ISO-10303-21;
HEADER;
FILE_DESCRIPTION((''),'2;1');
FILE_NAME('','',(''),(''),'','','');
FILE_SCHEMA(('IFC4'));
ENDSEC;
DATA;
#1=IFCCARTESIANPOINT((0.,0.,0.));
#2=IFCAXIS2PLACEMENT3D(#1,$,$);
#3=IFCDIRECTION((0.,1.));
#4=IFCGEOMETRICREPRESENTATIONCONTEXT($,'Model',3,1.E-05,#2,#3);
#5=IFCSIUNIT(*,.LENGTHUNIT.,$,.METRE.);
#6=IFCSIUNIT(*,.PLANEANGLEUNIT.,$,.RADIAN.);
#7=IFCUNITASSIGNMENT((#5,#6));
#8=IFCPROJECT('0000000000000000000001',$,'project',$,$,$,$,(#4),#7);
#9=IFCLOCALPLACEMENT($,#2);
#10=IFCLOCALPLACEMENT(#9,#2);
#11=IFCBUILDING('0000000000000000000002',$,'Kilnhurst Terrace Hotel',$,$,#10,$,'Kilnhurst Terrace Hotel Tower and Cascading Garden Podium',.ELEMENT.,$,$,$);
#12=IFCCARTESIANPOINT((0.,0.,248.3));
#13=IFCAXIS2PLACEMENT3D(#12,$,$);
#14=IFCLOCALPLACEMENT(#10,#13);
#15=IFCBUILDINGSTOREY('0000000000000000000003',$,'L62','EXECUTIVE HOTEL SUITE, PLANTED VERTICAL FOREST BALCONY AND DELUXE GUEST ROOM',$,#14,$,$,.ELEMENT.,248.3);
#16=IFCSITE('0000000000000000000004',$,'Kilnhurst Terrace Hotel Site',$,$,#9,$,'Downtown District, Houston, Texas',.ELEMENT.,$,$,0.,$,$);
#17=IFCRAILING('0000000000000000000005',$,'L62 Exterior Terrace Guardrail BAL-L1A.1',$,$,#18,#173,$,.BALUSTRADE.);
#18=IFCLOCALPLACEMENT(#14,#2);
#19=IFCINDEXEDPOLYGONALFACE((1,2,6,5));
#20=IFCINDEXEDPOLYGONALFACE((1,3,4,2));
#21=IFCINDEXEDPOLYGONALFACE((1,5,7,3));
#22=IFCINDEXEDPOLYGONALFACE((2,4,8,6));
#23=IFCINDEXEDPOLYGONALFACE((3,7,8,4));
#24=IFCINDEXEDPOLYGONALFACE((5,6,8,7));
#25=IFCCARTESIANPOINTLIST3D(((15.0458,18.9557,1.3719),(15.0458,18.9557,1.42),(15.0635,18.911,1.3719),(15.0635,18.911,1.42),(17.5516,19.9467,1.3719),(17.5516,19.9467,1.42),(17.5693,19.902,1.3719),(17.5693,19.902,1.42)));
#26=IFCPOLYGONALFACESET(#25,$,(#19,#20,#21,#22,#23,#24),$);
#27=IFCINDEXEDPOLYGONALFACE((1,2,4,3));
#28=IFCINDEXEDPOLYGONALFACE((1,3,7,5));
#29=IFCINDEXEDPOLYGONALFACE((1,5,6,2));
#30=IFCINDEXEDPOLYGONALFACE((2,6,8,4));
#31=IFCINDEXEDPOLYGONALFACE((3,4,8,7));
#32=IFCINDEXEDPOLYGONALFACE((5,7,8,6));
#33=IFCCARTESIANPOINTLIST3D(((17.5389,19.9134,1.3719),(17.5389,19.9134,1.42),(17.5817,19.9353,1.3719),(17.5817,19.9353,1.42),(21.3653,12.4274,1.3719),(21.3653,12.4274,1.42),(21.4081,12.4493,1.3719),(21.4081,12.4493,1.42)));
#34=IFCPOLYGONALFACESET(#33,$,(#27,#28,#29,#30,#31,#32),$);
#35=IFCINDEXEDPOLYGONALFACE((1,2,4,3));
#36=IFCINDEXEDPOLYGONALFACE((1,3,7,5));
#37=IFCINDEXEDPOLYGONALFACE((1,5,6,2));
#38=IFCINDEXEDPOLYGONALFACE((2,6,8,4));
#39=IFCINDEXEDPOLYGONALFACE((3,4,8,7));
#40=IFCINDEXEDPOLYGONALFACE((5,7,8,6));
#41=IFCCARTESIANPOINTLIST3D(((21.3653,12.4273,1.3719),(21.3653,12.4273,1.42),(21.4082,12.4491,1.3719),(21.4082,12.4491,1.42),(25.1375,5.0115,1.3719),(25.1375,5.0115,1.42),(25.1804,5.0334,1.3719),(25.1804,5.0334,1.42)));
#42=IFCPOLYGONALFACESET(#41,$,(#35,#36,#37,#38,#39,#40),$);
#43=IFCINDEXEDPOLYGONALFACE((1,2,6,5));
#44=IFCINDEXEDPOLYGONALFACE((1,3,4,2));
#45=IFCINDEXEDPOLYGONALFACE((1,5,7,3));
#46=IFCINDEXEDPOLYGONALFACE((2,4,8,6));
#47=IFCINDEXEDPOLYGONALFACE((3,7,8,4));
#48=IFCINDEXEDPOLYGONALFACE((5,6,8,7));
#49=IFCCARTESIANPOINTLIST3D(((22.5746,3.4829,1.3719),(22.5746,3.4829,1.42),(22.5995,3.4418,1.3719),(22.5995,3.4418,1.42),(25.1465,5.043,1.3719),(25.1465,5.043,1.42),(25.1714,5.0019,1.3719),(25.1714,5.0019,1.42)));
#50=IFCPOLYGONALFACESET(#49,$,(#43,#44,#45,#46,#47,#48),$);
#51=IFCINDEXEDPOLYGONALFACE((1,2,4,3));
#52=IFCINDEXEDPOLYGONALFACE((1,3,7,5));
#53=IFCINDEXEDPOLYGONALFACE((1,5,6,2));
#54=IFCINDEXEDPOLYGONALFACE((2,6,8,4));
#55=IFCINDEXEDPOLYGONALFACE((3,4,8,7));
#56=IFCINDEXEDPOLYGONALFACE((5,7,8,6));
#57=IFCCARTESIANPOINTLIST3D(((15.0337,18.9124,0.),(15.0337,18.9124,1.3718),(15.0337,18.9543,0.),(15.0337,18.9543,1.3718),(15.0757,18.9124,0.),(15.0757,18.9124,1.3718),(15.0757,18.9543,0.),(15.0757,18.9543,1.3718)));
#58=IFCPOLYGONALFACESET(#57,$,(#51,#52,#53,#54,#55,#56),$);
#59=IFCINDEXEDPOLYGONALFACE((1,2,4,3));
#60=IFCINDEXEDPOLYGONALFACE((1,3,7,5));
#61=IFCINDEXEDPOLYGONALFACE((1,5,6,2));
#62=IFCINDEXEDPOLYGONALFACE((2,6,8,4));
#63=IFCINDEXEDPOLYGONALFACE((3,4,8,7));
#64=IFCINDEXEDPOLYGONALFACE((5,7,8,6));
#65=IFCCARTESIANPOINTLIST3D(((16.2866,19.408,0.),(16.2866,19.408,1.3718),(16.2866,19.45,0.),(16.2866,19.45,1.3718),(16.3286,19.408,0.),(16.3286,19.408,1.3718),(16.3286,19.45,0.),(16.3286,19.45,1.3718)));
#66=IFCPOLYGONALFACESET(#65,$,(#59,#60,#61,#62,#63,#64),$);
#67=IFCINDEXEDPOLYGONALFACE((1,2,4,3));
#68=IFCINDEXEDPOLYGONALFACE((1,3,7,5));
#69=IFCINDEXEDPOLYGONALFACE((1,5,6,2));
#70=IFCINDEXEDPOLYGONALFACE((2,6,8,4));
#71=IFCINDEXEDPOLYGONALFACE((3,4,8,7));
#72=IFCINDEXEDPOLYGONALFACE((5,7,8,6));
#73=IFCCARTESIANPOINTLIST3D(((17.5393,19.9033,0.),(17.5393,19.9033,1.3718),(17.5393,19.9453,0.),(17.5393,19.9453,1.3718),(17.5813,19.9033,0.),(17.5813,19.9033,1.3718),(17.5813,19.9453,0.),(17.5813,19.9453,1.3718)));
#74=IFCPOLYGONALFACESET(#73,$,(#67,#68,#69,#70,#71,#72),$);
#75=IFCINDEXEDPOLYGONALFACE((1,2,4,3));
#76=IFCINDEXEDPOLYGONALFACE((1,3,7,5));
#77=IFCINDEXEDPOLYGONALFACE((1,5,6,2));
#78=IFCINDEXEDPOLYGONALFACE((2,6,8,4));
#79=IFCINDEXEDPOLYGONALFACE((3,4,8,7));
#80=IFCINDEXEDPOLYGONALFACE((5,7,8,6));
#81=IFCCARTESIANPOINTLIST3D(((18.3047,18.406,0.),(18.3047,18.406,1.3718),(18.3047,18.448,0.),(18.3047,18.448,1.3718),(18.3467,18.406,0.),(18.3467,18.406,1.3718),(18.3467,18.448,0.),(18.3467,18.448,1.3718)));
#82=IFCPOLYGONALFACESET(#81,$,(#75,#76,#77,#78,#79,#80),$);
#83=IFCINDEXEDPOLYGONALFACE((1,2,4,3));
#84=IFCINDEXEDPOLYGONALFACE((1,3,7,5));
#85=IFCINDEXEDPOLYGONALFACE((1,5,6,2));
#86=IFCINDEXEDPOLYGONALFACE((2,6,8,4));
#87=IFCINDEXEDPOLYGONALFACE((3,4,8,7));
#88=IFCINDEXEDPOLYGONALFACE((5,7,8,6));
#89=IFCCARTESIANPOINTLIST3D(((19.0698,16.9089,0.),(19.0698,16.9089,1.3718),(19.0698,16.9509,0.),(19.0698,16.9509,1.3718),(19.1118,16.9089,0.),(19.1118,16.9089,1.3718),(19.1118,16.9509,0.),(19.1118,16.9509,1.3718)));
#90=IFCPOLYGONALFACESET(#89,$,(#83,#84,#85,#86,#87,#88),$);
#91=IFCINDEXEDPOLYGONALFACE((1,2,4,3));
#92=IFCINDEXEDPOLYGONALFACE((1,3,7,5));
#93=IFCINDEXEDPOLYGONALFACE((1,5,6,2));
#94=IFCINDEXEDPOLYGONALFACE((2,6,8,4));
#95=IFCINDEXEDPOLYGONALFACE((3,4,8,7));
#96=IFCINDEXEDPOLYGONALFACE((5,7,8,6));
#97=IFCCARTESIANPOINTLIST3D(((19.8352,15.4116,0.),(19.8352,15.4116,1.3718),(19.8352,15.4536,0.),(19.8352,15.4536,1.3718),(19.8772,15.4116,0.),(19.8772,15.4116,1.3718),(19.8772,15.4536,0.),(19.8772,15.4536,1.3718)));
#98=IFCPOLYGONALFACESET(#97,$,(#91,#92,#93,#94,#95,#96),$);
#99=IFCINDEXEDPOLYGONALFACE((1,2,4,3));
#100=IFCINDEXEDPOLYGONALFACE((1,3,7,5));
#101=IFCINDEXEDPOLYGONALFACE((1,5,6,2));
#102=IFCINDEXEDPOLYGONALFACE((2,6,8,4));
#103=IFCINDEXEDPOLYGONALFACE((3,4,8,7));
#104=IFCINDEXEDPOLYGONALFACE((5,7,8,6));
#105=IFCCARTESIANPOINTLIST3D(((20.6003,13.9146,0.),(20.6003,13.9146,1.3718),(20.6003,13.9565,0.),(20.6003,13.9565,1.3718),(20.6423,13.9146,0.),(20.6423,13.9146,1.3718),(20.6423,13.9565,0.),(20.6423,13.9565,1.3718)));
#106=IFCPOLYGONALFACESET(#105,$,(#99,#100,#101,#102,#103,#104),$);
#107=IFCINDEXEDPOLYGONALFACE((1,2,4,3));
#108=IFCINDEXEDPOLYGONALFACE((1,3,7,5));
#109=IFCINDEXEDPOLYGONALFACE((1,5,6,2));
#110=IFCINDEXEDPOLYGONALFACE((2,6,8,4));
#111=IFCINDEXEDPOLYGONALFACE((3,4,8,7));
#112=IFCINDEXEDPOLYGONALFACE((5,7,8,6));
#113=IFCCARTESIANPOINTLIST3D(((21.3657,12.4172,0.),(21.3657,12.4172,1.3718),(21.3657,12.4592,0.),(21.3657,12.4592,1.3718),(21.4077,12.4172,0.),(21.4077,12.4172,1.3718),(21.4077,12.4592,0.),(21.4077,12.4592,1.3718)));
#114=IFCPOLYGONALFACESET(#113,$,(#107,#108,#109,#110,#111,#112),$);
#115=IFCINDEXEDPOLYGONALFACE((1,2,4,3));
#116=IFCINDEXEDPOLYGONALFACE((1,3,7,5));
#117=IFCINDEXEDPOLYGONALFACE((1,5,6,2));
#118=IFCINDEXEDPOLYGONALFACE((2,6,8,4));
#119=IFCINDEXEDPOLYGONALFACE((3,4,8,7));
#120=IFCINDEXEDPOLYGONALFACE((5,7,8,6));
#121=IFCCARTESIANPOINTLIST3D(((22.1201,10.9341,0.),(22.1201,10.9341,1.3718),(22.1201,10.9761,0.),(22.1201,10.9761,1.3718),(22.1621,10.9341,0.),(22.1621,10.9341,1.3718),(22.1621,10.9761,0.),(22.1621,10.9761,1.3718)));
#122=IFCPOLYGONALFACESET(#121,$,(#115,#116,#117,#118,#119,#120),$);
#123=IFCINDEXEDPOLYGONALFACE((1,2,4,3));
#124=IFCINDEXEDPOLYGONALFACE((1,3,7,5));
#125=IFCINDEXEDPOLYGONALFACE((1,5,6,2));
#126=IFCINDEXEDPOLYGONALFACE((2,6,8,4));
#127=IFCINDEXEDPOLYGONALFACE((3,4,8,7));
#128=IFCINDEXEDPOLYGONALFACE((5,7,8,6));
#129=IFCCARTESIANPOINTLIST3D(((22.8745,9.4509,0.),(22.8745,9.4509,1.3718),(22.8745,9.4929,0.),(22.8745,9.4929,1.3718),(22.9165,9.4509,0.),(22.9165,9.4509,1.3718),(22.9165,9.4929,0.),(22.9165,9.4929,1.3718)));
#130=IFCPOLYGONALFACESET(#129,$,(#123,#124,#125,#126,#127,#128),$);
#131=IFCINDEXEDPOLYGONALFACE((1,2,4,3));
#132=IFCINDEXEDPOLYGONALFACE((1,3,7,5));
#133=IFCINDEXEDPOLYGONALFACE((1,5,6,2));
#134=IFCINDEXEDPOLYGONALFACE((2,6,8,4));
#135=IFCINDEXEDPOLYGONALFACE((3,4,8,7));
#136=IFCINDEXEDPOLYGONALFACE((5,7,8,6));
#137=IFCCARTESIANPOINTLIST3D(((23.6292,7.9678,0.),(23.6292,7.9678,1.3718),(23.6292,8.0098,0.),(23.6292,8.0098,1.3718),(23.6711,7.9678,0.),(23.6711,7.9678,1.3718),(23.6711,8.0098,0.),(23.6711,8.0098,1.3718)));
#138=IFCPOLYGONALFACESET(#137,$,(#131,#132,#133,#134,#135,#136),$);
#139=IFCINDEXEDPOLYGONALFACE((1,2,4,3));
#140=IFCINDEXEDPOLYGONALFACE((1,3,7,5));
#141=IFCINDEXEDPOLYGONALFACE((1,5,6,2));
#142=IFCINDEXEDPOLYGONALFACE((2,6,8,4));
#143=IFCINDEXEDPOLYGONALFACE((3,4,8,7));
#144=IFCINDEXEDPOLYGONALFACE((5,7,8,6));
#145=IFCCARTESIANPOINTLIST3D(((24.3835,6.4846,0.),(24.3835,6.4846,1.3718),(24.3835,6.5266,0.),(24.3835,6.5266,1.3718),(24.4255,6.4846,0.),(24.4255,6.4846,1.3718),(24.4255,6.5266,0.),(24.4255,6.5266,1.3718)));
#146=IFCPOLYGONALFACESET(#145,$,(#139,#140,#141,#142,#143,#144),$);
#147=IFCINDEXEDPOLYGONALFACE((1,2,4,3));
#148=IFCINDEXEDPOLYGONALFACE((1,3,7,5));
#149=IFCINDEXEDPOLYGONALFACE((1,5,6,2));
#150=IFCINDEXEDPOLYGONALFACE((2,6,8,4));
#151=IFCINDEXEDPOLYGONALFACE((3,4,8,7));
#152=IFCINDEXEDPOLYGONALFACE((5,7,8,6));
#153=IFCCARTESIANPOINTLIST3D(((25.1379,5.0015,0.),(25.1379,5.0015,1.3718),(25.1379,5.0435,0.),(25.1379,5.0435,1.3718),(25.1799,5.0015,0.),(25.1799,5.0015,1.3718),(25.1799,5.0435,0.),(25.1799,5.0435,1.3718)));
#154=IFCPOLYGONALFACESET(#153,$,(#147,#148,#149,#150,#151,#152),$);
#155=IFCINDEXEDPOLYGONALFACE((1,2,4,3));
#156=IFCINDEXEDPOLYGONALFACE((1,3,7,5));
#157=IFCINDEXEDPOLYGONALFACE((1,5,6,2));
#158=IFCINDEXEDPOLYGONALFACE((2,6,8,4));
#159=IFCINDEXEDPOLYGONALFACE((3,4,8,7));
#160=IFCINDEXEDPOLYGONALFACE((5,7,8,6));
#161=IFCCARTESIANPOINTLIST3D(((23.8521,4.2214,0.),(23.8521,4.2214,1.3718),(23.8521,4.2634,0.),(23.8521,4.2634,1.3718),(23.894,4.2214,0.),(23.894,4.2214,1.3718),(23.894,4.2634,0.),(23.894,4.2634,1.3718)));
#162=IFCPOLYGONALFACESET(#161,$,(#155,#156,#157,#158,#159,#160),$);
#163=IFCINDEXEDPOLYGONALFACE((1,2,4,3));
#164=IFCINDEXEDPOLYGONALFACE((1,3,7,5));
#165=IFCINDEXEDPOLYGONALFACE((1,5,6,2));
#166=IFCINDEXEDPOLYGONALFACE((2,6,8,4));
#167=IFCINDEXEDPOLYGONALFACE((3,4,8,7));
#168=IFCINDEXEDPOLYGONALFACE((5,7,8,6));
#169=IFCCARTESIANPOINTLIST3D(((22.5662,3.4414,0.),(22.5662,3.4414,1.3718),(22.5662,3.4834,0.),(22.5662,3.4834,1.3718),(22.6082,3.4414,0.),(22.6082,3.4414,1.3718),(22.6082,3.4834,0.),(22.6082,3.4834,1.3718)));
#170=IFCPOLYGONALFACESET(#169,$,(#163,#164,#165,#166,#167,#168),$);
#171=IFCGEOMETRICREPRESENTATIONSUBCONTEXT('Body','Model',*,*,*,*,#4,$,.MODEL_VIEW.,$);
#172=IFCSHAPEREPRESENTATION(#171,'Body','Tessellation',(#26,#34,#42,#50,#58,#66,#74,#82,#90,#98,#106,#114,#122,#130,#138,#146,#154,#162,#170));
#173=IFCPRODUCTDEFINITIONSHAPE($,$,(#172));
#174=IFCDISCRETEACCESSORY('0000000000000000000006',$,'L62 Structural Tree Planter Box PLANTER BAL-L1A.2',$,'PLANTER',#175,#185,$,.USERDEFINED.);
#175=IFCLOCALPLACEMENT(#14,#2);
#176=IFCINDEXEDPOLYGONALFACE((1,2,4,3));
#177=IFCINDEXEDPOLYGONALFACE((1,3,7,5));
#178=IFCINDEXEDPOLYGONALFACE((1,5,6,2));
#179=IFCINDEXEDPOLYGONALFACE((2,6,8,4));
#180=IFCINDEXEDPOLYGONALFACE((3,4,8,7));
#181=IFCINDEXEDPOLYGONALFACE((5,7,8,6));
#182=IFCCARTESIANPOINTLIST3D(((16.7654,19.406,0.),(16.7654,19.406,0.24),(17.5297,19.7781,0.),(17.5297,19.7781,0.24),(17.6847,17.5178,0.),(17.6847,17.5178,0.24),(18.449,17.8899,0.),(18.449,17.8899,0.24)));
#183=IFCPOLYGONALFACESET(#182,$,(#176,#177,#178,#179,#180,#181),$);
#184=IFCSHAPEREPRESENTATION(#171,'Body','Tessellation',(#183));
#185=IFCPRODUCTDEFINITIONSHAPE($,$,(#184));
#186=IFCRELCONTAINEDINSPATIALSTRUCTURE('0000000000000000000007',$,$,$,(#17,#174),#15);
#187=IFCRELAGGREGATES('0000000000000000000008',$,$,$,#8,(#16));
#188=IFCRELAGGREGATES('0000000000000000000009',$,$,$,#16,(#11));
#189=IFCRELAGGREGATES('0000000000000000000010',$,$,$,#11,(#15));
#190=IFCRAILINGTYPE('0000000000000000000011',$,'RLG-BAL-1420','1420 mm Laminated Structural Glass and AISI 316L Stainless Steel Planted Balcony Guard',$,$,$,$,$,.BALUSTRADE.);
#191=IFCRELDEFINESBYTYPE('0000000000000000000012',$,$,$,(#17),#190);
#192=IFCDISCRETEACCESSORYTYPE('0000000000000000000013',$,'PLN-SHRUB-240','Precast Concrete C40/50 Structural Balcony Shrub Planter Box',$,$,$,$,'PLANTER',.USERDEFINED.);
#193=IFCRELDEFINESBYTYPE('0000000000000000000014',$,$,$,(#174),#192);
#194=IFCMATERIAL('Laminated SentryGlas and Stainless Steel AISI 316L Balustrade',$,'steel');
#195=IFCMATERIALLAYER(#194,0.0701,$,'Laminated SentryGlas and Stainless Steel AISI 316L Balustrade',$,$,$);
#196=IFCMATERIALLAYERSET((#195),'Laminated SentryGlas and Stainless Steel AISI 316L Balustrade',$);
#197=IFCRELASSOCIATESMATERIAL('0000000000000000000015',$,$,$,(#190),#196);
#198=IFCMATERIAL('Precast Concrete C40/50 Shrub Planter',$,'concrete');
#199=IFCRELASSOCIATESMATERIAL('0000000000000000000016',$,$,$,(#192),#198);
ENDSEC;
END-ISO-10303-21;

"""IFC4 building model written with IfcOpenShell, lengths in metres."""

from ifc_helpers import new_model, si_unit, direction, frame, origin, origin_2d, place, context, subcontext, project, spatial, rectangle, extrude, material, layer, layer_set, type_object, element, save


model = new_model("IFC4")

# Units and contexts
model_context = context("Model", 3, precision=1e-05, world=origin(), true_north=direction((0.0, 1.0)))
body_context = subcontext(model_context, "Body", "Model", "MODEL_VIEW")
ifc_project = project(units=[si_unit("LENGTHUNIT", "METRE"), si_unit("PLANEANGLEUNIT", "RADIAN")], contexts=[model_context])

# Site, building, storey
site_placement = place(None, origin())
site = spatial("IfcSite", under=ifc_project, at=site_placement, Name="Kilnhurst Terrace Hotel Site", LongName="Downtown District, Houston, Texas", CompositionType="ELEMENT", RefElevation=0.0)
building_placement = place(site_placement, origin())
building = spatial("IfcBuilding", under=site, at=building_placement, Name="Kilnhurst Terrace Hotel", LongName="Kilnhurst Terrace Hotel Tower and Cascading Garden Podium", CompositionType="ELEMENT")
storey_placement = place(building_placement, frame((0.0, 0.0, 248.3)))
storey = spatial("IfcBuildingStorey", under=building, at=storey_placement, Name="L62", Description="EXECUTIVE HOTEL SUITE, PLANTED VERTICAL FOREST BALCONY AND DELUXE GUEST ROOM", CompositionType="ELEMENT", Elevation=248.3)

# Railing
ifc_material_1 = material(Name="Laminated SentryGlas and Stainless Steel AISI 316L Balustrade", Category="steel")
ifc_layer_1 = layer(ifc_material_1, 0.0701, Name="Laminated SentryGlas and Stainless Steel AISI 316L Balustrade")
ifc_layer_set_1 = layer_set([ifc_layer_1], Name="Laminated SentryGlas and Stainless Steel AISI 316L Balustrade")
railing_type = type_object("IfcRailingType", Name="RLG-BAL-1420", Description="1420 mm Laminated Structural Glass and AISI 316L Stainless Steel Planted Balcony Guard", PredefinedType="BALUSTRADE", material=ifc_layer_set_1)
railing_placement = place(storey_placement, frame((15.0547, 18.9333, 0.0)))
element("IfcRailing", 1, at=railing_placement, inside=storey, type_object=railing_type, Name="L62 Exterior Terrace Guardrail BAL-L1A.1", PredefinedType="BALUSTRADE", context=body_context, shape_type="SweptSolid", body=[
    extrude(rectangle(XDim=0.0481, YDim=0.0481, at=origin_2d()), frame((0.0, 0.0, 1.396), z_axis=(0.929913, 0.367779, 0.0), x_axis=(-0.367779, 0.929913, 0.0)), (0.0, 0.0, 1.0), 2.6946),
    extrude(rectangle(XDim=0.0481, YDim=0.0481, at=origin_2d()), frame((2.5056, 0.991, 1.396), z_axis=(0.455129, -0.890425, 0.0), x_axis=(0.890425, 0.455129, 0.0)), (0.0, 0.0, 1.0), 8.4072),
    extrude(rectangle(XDim=0.0481, YDim=0.0481, at=origin_2d()), frame((6.332, -6.4951, 1.396), z_axis=(0.453389, -0.891313, 0.0), x_axis=(0.891313, 0.453389, 0.0)), (0.0, 0.0, 1.0), 8.3201),
    extrude(rectangle(XDim=0.0481, YDim=0.0481, at=origin_2d()), frame((10.1042, -13.9109, 1.396), z_axis=(-0.854991, -0.518643, 0.0), x_axis=(0.518643, -0.854991, 0.0)), (0.0, 0.0, 1.0), 3.0081),
    extrude(rectangle(XDim=0.042, YDim=0.042, at=origin_2d()), origin(), (0.0, 0.0, 1.0), 1.3718),
    extrude(rectangle(XDim=0.042, YDim=0.042, at=origin_2d()), frame((1.2529, 0.4956, 0.0)), (0.0, 0.0, 1.0), 1.3718),
    extrude(rectangle(XDim=0.042, YDim=0.042, at=origin_2d()), frame((2.5056, 0.991, 0.0)), (0.0, 0.0, 1.0), 1.3718),
    extrude(rectangle(XDim=0.042, YDim=0.042, at=origin_2d()), frame((3.271, -0.5063, 0.0)), (0.0, 0.0, 1.0), 1.3718),
    extrude(rectangle(XDim=0.042, YDim=0.042, at=origin_2d()), frame((4.0361, -2.0034, 0.0)), (0.0, 0.0, 1.0), 1.3718),
    extrude(rectangle(XDim=0.042, YDim=0.042, at=origin_2d()), frame((4.8015, -3.5007, 0.0)), (0.0, 0.0, 1.0), 1.3718),
    extrude(rectangle(XDim=0.042, YDim=0.042, at=origin_2d()), frame((5.5667, -4.9978, 0.0)), (0.0, 0.0, 1.0), 1.3718),
    extrude(rectangle(XDim=0.042, YDim=0.042, at=origin_2d()), frame((6.332, -6.4951, 0.0)), (0.0, 0.0, 1.0), 1.3718),
    extrude(rectangle(XDim=0.042, YDim=0.042, at=origin_2d()), frame((7.0864, -7.9783, 0.0)), (0.0, 0.0, 1.0), 1.3718),
    extrude(rectangle(XDim=0.042, YDim=0.042, at=origin_2d()), frame((7.8408, -9.4614, 0.0)), (0.0, 0.0, 1.0), 1.3718),
    extrude(rectangle(XDim=0.042, YDim=0.042, at=origin_2d()), frame((8.5955, -10.9446, 0.0)), (0.0, 0.0, 1.0), 1.3718),
    extrude(rectangle(XDim=0.042, YDim=0.042, at=origin_2d()), frame((9.3499, -12.4277, 0.0)), (0.0, 0.0, 1.0), 1.3718),
    extrude(rectangle(XDim=0.042, YDim=0.042, at=origin_2d()), frame((10.1042, -13.9109, 0.0)), (0.0, 0.0, 1.0), 1.3718),
    extrude(rectangle(XDim=0.042, YDim=0.042, at=origin_2d()), frame((8.8184, -14.6909, 0.0)), (0.0, 0.0, 1.0), 1.3718),
    extrude(rectangle(XDim=0.042, YDim=0.042, at=origin_2d()), frame((7.5325, -15.4709, 0.0)), (0.0, 0.0, 1.0), 1.3718),
])

# Discrete accessory
ifc_material_2 = material(Name="Precast Concrete C40/50 Shrub Planter", Category="concrete")
discrete_accessory_type = type_object("IfcDiscreteAccessoryType", Name="PLN-SHRUB-240", Description="Precast Concrete C40/50 Structural Balcony Shrub Planter Box", ElementType="PLANTER", PredefinedType="USERDEFINED", material=ifc_material_2)
discrete_accessory_placement = place(storey_placement, frame((17.6072, 18.6479, 0.0), z_axis=(0.0, 0.0, 1.0), x_axis=(-0.437744, 0.8991, 0.0)))
element("IfcDiscreteAccessory", 2, at=discrete_accessory_placement, inside=storey, type_object=discrete_accessory_type, Name="L62 Structural Tree Planter Box PLANTER BAL-L1A.2", ObjectType="PLANTER", PredefinedType="USERDEFINED", context=body_context, shape_type="SweptSolid", body=[
    extrude(rectangle(XDim=2.1001, YDim=0.8501, at=origin_2d()), origin(), (0.0, 0.0, 1.0), 0.24),
])

save(model, "model.ifc")
